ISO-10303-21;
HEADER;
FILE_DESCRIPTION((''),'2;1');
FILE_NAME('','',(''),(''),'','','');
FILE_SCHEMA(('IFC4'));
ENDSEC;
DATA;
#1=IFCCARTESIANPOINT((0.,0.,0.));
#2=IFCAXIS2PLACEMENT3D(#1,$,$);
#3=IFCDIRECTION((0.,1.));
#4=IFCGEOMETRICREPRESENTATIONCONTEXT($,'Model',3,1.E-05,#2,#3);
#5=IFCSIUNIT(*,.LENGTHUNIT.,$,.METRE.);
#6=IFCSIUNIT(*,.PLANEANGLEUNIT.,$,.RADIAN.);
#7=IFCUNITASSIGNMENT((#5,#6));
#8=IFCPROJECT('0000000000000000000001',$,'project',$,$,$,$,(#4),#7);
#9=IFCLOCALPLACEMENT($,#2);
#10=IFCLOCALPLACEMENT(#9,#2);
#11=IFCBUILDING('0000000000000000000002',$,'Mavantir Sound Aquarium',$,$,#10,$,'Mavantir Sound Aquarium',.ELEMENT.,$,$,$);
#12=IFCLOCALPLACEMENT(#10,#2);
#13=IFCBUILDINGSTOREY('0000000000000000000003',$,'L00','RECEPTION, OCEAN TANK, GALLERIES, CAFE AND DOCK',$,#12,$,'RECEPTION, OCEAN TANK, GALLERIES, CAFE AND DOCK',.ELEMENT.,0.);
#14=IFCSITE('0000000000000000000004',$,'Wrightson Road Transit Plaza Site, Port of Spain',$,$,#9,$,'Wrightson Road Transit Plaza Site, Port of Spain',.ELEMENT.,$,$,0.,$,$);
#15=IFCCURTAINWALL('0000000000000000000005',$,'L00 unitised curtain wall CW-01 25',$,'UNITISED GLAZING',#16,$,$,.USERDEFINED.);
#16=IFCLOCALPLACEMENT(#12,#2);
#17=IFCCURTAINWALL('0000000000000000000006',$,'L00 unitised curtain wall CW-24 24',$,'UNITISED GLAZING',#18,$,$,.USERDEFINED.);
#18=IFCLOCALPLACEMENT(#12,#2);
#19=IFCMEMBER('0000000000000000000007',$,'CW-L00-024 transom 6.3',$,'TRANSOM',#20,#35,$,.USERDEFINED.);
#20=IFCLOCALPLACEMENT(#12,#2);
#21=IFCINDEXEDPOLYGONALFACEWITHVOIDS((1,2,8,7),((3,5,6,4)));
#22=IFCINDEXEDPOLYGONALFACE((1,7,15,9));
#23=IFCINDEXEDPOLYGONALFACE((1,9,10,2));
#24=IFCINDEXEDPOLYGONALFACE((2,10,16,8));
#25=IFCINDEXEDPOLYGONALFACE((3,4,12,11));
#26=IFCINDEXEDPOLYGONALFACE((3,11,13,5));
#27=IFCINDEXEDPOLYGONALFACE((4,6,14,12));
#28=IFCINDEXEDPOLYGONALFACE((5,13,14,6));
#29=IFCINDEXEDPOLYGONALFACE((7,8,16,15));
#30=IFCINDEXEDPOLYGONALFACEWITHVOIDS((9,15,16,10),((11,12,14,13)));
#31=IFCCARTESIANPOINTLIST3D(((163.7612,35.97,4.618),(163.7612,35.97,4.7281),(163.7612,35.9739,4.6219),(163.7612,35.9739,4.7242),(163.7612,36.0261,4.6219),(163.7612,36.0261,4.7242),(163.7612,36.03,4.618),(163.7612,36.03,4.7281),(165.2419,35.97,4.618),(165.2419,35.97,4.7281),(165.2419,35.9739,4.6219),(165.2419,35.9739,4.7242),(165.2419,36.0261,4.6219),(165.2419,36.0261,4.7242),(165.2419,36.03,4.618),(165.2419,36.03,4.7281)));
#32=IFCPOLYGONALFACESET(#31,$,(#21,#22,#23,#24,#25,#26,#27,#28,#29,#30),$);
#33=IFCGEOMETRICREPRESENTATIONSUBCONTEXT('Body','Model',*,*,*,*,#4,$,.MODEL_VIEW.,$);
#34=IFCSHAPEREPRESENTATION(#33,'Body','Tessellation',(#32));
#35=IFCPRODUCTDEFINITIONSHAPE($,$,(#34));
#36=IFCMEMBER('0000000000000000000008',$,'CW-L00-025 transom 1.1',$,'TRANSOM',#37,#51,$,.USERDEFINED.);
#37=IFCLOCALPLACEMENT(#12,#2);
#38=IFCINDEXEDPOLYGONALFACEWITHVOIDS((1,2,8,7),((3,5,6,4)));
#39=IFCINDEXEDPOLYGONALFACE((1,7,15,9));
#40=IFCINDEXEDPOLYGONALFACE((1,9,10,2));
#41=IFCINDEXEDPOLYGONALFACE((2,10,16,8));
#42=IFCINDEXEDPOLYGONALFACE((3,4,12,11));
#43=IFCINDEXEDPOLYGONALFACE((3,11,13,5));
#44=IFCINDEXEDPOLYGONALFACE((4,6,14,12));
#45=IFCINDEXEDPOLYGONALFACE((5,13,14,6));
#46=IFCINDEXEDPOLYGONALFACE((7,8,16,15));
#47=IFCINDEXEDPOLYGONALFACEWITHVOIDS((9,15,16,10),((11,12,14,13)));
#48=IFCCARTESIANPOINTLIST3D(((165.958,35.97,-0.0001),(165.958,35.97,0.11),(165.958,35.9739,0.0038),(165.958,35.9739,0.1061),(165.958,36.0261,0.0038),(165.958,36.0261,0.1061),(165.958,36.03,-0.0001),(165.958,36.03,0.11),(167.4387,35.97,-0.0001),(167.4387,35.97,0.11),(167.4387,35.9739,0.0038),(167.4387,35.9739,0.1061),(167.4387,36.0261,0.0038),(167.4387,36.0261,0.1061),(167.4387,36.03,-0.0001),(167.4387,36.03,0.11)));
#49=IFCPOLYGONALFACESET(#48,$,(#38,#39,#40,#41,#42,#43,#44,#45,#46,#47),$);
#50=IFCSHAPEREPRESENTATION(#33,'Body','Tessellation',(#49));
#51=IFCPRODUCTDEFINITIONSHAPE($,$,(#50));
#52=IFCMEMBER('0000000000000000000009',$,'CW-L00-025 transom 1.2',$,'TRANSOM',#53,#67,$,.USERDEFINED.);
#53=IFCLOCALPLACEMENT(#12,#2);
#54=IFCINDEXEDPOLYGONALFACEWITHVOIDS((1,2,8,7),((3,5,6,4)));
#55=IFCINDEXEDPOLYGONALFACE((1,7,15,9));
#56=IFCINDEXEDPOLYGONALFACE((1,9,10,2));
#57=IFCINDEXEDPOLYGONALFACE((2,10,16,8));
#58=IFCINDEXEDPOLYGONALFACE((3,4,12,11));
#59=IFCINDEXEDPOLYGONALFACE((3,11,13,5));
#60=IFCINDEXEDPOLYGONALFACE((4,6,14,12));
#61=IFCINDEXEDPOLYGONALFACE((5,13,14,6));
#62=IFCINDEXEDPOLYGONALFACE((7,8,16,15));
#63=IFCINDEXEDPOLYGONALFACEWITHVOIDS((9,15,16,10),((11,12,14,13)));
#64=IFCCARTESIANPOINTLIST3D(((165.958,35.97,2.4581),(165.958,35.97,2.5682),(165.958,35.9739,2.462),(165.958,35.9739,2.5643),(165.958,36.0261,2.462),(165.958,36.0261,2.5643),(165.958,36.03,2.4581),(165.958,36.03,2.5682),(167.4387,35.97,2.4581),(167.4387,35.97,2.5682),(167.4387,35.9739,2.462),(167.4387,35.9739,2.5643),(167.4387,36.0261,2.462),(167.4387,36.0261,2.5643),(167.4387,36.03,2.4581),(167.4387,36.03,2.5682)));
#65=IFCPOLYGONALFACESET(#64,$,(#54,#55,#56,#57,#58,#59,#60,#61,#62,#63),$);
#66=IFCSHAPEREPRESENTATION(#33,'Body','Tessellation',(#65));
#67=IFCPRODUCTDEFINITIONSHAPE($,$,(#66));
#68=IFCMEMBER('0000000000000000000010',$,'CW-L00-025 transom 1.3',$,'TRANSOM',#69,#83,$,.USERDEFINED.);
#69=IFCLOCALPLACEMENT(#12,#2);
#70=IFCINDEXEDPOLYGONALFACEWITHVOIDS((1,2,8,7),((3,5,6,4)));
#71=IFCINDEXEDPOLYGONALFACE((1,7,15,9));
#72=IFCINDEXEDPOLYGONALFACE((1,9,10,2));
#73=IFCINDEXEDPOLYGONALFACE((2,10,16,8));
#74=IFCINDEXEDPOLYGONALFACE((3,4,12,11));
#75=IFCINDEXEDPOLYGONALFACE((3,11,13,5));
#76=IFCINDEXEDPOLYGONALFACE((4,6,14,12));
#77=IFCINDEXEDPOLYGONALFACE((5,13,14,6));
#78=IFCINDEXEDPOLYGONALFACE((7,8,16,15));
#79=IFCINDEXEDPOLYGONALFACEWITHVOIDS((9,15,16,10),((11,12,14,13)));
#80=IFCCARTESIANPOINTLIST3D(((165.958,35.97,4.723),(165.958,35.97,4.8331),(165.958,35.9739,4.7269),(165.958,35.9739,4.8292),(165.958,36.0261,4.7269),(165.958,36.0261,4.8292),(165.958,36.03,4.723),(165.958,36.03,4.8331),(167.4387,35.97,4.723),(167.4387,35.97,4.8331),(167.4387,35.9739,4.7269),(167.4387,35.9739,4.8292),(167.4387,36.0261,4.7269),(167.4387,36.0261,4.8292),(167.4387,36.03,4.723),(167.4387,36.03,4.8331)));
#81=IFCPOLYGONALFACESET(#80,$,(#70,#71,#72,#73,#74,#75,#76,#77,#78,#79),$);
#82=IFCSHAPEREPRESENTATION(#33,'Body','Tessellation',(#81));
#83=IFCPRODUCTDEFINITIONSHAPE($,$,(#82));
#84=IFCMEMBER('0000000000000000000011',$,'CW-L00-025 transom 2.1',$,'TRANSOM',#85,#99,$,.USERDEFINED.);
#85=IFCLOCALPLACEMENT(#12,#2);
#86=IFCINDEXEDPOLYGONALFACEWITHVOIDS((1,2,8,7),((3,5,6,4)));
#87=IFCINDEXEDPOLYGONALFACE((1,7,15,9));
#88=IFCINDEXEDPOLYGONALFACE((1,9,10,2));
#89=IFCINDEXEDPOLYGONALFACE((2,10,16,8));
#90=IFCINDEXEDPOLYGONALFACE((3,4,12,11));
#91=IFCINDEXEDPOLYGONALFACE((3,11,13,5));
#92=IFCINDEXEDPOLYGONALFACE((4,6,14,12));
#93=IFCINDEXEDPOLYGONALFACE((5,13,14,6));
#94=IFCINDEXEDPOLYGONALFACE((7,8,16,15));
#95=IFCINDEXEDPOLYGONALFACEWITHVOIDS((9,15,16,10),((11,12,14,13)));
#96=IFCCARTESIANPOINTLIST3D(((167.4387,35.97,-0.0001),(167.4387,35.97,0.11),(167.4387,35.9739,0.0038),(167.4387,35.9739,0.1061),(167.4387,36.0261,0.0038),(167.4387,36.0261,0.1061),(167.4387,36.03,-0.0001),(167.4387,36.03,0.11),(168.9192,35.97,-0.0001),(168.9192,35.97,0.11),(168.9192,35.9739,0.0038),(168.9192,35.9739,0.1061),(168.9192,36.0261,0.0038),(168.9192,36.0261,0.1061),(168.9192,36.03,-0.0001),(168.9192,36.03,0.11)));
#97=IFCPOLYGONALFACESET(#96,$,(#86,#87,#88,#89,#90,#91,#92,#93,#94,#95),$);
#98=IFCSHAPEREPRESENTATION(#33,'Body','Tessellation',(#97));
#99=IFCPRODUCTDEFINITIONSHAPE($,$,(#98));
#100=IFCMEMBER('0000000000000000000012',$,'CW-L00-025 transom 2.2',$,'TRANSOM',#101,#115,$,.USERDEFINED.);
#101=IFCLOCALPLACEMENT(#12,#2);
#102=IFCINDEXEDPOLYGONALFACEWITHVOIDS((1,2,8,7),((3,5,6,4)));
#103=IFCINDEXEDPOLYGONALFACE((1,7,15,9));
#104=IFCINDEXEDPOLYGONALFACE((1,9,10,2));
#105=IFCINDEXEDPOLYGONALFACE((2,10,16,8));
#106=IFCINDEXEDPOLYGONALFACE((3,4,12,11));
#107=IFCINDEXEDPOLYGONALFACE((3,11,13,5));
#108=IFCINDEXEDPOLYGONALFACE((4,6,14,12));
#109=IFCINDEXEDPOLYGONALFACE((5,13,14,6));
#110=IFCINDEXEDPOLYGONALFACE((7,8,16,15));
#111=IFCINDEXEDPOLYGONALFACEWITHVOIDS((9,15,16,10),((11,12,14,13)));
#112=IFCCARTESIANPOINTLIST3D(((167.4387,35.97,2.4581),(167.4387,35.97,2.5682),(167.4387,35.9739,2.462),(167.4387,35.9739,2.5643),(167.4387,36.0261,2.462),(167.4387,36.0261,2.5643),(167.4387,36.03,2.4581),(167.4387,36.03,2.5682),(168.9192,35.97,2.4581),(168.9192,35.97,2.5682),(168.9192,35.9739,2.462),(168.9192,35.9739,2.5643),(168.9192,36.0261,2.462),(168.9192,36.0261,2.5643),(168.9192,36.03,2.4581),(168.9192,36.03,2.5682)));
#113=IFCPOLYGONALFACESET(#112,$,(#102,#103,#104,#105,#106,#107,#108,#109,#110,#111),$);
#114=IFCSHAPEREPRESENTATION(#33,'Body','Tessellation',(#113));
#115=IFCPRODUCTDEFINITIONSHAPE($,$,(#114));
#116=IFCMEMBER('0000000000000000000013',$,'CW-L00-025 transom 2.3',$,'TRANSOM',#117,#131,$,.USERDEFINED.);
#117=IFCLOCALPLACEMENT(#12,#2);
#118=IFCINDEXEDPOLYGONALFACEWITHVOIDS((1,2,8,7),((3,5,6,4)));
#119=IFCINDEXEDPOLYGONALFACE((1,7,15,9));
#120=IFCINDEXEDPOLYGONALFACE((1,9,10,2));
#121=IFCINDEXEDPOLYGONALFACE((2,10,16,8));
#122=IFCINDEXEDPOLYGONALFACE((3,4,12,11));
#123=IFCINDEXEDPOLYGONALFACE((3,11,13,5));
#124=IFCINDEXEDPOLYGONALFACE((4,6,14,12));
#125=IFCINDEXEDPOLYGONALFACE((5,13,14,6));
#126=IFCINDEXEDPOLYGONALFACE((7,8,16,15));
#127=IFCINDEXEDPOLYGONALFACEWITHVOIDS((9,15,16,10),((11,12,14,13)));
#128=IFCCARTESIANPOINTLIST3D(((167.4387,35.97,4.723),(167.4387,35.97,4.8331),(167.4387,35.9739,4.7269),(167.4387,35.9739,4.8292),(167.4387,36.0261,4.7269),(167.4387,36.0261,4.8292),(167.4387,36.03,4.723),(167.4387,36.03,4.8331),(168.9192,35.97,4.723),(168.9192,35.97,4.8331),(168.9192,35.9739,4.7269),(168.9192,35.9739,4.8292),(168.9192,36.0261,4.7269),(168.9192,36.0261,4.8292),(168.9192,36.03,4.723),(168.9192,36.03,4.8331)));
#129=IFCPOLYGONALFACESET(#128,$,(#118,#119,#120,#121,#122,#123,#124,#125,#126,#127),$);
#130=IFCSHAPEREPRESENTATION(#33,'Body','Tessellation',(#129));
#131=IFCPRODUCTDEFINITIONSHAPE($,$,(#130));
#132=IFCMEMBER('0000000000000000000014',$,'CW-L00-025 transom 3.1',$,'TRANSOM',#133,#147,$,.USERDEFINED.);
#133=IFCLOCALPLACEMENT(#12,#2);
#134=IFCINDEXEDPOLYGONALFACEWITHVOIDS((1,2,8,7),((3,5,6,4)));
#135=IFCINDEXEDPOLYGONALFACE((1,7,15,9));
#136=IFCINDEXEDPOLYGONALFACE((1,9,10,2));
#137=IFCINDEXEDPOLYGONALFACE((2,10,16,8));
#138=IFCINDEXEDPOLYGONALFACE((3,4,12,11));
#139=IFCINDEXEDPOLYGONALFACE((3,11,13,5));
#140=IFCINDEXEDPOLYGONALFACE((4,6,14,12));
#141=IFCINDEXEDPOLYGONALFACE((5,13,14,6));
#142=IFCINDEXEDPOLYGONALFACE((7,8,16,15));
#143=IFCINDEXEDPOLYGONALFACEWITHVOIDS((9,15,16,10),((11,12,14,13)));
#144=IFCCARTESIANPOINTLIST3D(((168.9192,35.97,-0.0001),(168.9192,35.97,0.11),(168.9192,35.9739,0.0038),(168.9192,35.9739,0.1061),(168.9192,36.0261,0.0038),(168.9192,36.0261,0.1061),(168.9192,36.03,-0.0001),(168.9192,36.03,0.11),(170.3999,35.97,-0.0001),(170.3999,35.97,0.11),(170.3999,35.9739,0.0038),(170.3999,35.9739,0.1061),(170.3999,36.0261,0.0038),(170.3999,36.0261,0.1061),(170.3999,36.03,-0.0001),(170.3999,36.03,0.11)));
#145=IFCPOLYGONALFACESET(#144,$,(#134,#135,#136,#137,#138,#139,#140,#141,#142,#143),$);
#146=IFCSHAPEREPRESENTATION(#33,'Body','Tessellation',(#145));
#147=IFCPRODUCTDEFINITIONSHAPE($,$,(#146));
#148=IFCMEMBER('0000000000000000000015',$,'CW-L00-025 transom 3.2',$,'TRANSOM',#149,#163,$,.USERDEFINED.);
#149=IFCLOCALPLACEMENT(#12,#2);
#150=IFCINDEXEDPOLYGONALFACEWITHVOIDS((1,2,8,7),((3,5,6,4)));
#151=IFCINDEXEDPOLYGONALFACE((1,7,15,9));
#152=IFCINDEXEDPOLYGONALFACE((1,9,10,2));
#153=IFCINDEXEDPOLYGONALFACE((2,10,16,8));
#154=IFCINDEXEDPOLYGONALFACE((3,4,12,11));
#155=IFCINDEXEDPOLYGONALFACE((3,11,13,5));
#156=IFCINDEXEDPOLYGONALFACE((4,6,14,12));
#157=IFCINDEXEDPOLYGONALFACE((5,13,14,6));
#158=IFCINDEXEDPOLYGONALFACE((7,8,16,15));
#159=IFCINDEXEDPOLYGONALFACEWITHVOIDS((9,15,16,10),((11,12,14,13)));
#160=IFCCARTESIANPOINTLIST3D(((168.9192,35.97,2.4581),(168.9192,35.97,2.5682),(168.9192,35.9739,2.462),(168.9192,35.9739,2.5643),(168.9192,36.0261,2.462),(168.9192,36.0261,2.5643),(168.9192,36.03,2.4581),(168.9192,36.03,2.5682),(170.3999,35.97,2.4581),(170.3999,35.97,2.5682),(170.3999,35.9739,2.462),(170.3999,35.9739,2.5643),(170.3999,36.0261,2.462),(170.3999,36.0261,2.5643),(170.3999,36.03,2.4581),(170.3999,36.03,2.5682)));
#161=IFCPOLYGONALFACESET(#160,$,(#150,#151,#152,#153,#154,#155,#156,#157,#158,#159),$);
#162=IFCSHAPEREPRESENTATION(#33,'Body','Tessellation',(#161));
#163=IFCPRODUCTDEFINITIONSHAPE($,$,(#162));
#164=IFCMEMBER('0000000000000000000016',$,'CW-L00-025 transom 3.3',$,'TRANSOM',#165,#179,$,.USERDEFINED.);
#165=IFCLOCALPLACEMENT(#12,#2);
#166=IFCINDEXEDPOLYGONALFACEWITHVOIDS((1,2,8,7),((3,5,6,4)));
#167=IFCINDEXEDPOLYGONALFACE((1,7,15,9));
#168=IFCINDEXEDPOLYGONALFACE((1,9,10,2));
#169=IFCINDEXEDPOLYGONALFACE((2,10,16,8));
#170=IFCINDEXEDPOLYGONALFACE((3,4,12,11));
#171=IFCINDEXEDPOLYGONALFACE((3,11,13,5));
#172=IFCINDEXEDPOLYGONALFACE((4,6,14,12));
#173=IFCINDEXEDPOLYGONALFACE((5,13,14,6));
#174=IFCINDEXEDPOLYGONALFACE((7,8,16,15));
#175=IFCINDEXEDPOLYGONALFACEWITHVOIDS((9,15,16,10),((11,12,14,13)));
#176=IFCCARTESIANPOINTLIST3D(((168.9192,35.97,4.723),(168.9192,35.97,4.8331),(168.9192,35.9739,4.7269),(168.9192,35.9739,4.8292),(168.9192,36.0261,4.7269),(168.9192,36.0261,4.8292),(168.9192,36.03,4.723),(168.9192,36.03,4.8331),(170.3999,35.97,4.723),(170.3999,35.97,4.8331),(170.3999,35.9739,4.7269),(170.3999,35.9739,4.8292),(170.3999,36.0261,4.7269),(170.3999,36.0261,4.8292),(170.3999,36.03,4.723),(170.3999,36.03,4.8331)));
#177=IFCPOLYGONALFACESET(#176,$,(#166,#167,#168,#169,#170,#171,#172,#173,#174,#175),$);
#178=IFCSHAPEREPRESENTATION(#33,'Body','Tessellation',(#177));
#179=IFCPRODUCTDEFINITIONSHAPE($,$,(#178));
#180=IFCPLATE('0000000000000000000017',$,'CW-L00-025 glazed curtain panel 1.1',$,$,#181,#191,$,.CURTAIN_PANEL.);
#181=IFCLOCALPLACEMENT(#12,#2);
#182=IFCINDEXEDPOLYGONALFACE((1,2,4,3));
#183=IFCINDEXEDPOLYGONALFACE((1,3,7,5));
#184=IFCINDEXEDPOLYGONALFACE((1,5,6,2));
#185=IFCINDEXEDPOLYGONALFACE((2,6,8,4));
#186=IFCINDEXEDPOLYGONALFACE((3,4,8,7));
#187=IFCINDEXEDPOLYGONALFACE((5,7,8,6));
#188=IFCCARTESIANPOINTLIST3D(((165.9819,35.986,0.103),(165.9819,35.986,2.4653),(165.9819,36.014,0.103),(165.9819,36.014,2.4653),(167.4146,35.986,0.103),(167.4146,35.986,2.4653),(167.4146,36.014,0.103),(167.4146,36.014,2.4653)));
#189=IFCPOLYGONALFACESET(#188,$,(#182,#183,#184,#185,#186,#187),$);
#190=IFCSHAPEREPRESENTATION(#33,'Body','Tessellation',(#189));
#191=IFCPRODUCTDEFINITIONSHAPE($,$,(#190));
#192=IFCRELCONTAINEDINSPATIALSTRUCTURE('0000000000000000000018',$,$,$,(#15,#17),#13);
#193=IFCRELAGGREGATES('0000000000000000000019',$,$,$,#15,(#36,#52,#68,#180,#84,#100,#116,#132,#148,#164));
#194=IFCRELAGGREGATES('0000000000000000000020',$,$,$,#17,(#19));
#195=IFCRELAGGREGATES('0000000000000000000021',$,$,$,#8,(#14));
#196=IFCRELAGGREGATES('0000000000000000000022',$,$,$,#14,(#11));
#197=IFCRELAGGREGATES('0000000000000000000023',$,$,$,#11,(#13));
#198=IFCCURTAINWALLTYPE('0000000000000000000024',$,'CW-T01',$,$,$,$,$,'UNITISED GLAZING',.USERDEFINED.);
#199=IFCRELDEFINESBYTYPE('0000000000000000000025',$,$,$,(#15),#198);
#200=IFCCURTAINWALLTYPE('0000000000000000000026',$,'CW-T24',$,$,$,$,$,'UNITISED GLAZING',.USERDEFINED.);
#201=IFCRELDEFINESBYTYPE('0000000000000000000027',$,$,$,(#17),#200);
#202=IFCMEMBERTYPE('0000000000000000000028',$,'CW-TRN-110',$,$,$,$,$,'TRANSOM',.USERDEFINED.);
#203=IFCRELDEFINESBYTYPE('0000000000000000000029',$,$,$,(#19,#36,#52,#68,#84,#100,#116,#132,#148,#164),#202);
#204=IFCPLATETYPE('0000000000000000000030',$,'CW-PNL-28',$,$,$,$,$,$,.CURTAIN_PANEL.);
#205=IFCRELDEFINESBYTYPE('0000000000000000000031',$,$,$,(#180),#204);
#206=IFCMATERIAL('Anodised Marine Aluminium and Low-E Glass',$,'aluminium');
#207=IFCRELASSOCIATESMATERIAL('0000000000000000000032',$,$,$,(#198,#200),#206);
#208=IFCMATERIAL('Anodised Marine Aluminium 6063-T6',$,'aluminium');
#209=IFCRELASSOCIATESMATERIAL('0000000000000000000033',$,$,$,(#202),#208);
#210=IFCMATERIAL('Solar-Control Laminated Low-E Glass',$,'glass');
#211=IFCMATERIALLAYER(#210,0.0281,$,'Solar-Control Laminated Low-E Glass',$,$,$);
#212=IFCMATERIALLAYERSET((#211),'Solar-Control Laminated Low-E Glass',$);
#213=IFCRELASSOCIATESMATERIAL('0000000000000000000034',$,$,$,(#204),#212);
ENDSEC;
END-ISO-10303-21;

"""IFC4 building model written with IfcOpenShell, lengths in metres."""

from ifc_helpers import new_model, si_unit, direction, frame, origin, origin_2d, place, context, subcontext, project, spatial, rectangle, hollow_rectangle, extrude, material, layer, layer_set, material_profile, profile_set, type_object, element, aggregate, save


model = new_model("IFC4")

# Units and contexts
model_context = context("Model", 3, precision=1e-05, world=origin(), true_north=direction((0.0, 1.0)))
body_context = subcontext(model_context, "Body", "Model", "MODEL_VIEW")
ifc_project = project(units=[si_unit("LENGTHUNIT", "METRE"), si_unit("PLANEANGLEUNIT", "RADIAN")], contexts=[model_context])

# Site, building, storey
site_placement = place(None, origin())
site = spatial("IfcSite", under=ifc_project, at=site_placement, Name="Wrightson Road Transit Plaza Site, Port of Spain", LongName="Wrightson Road Transit Plaza Site, Port of Spain", CompositionType="ELEMENT", RefElevation=0.0)
building_placement = place(site_placement, origin())
building = spatial("IfcBuilding", under=site, at=building_placement, Name="Mavantir Sound Aquarium", LongName="Mavantir Sound Aquarium", CompositionType="ELEMENT")
storey_placement = place(building_placement, origin())
storey = spatial("IfcBuildingStorey", under=building, at=storey_placement, Name="L00", Description="RECEPTION, OCEAN TANK, GALLERIES, CAFE AND DOCK", LongName="RECEPTION, OCEAN TANK, GALLERIES, CAFE AND DOCK", CompositionType="ELEMENT", Elevation=0.0)

# Curtain walls, member
ifc_material_1 = material(Name="Anodised Marine Aluminium and Low-E Glass", Category="aluminium")
curtain_wall_type_1 = type_object("IfcCurtainWallType", Name="CW-T01", ElementType="UNITISED GLAZING", PredefinedType="USERDEFINED", material=ifc_material_1)
curtain_wall_1_placement = place(storey_placement, origin())
curtain_wall_1 = element("IfcCurtainWall", 1, at=curtain_wall_1_placement, inside=storey, type_object=curtain_wall_type_1, Name="L00 unitised curtain wall CW-01 25", ObjectType="UNITISED GLAZING", PredefinedType="USERDEFINED")
ifc_material_2 = material(Name="Anodised Marine Aluminium 6063-T6", Category="aluminium")
curtain_wall_type_2 = type_object("IfcCurtainWallType", Name="CW-T24", ElementType="UNITISED GLAZING", PredefinedType="USERDEFINED", material=ifc_material_1)
curtain_wall_2_placement = place(storey_placement, origin())
curtain_wall_2 = element("IfcCurtainWall", 2, at=curtain_wall_2_placement, inside=storey, type_object=curtain_wall_type_2, Name="L00 unitised curtain wall CW-24 24", ObjectType="UNITISED GLAZING", PredefinedType="USERDEFINED")
ifc_material_profile_1 = material_profile(ifc_material_2, hollow_rectangle(XDim=0.0601, YDim=0.1101, WallThickness=0.0039, at=origin_2d()), Name="ALU-TRANSOM-110X60")
ifc_profile_set_1 = profile_set([ifc_material_profile_1], Name="Anodised Marine Aluminium 6063-T6")
member_type_1 = type_object("IfcMemberType", Name="CW-TRN-110", ElementType="TRANSOM", PredefinedType="USERDEFINED", material=ifc_profile_set_1)
member_1_placement = place(storey_placement, frame((163.7612, 36.0, 4.6731), z_axis=(1.0, 0.0, 0.0), x_axis=(0.0, 1.0, 0.0)))
member_1 = element("IfcMember", 3, at=member_1_placement, type_object=member_type_1, Name="CW-L00-024 transom 6.3", ObjectType="TRANSOM", PredefinedType="USERDEFINED", context=body_context, shape_type="SweptSolid", body=[
    extrude(hollow_rectangle(XDim=0.0601, YDim=0.1101, WallThickness=0.0039, at=origin_2d()), origin(), (0.0, 0.0, 1.0), 1.4807),
])

# Members
member_2_placement = place(storey_placement, frame((165.958, 36.0, 0.0549), z_axis=(1.0, 0.0, 0.0), x_axis=(0.0, 1.0, 0.0)))
member_2 = element("IfcMember", 4, at=member_2_placement, type_object=member_type_1, Name="CW-L00-025 transom 1.1", ObjectType="TRANSOM", PredefinedType="USERDEFINED", context=body_context, shape_type="SweptSolid", body=[
    extrude(hollow_rectangle(XDim=0.0601, YDim=0.1101, WallThickness=0.0039, at=origin_2d()), origin(), (0.0, 0.0, 1.0), 1.4807),
])
member_3_placement = place(storey_placement, frame((165.958, 36.0, 2.5132), z_axis=(1.0, 0.0, 0.0), x_axis=(0.0, 1.0, 0.0)))
member_3 = element("IfcMember", 5, at=member_3_placement, type_object=member_type_1, Name="CW-L00-025 transom 1.2", ObjectType="TRANSOM", PredefinedType="USERDEFINED", context=body_context, shape_type="SweptSolid", body=[
    extrude(hollow_rectangle(XDim=0.0601, YDim=0.1101, WallThickness=0.0039, at=origin_2d()), origin(), (0.0, 0.0, 1.0), 1.4807),
])
member_4_placement = place(storey_placement, frame((165.958, 36.0, 4.7781), z_axis=(1.0, 0.0, 0.0), x_axis=(0.0, 1.0, 0.0)))
member_4 = element("IfcMember", 6, at=member_4_placement, type_object=member_type_1, Name="CW-L00-025 transom 1.3", ObjectType="TRANSOM", PredefinedType="USERDEFINED", context=body_context, shape_type="SweptSolid", body=[
    extrude(hollow_rectangle(XDim=0.0601, YDim=0.1101, WallThickness=0.0039, at=origin_2d()), origin(), (0.0, 0.0, 1.0), 1.4807),
])
member_5_placement = place(storey_placement, frame((167.4387, 36.0, 0.0549), z_axis=(1.0, 0.0, 0.0), x_axis=(0.0, 1.0, 0.0)))
member_5 = element("IfcMember", 7, at=member_5_placement, type_object=member_type_1, Name="CW-L00-025 transom 2.1", ObjectType="TRANSOM", PredefinedType="USERDEFINED", context=body_context, shape_type="SweptSolid", body=[
    extrude(hollow_rectangle(XDim=0.0601, YDim=0.1101, WallThickness=0.0039, at=origin_2d()), origin(), (0.0, 0.0, 1.0), 1.4805),
])
member_6_placement = place(storey_placement, frame((167.4387, 36.0, 2.5132), z_axis=(1.0, 0.0, 0.0), x_axis=(0.0, 1.0, 0.0)))
member_6 = element("IfcMember", 8, at=member_6_placement, type_object=member_type_1, Name="CW-L00-025 transom 2.2", ObjectType="TRANSOM", PredefinedType="USERDEFINED", context=body_context, shape_type="SweptSolid", body=[
    extrude(hollow_rectangle(XDim=0.0601, YDim=0.1101, WallThickness=0.0039, at=origin_2d()), origin(), (0.0, 0.0, 1.0), 1.4805),
])
member_7_placement = place(storey_placement, frame((167.4387, 36.0, 4.7781), z_axis=(1.0, 0.0, 0.0), x_axis=(0.0, 1.0, 0.0)))
member_7 = element("IfcMember", 9, at=member_7_placement, type_object=member_type_1, Name="CW-L00-025 transom 2.3", ObjectType="TRANSOM", PredefinedType="USERDEFINED", context=body_context, shape_type="SweptSolid", body=[
    extrude(hollow_rectangle(XDim=0.0601, YDim=0.1101, WallThickness=0.0039, at=origin_2d()), origin(), (0.0, 0.0, 1.0), 1.4805),
])
member_8_placement = place(storey_placement, frame((168.9192, 36.0, 0.0549), z_axis=(1.0, 0.0, 0.0), x_axis=(0.0, 1.0, 0.0)))
member_8 = element("IfcMember", 10, at=member_8_placement, type_object=member_type_1, Name="CW-L00-025 transom 3.1", ObjectType="TRANSOM", PredefinedType="USERDEFINED", context=body_context, shape_type="SweptSolid", body=[
    extrude(hollow_rectangle(XDim=0.0601, YDim=0.1101, WallThickness=0.0039, at=origin_2d()), origin(), (0.0, 0.0, 1.0), 1.4807),
])
member_9_placement = place(storey_placement, frame((168.9192, 36.0, 2.5132), z_axis=(1.0, 0.0, 0.0), x_axis=(0.0, 1.0, 0.0)))
member_9 = element("IfcMember", 11, at=member_9_placement, type_object=member_type_1, Name="CW-L00-025 transom 3.2", ObjectType="TRANSOM", PredefinedType="USERDEFINED", context=body_context, shape_type="SweptSolid", body=[
    extrude(hollow_rectangle(XDim=0.0601, YDim=0.1101, WallThickness=0.0039, at=origin_2d()), origin(), (0.0, 0.0, 1.0), 1.4807),
])
member_10_placement = place(storey_placement, frame((168.9192, 36.0, 4.7781), z_axis=(1.0, 0.0, 0.0), x_axis=(0.0, 1.0, 0.0)))
member_10 = element("IfcMember", 12, at=member_10_placement, type_object=member_type_1, Name="CW-L00-025 transom 3.3", ObjectType="TRANSOM", PredefinedType="USERDEFINED", context=body_context, shape_type="SweptSolid", body=[
    extrude(hollow_rectangle(XDim=0.0601, YDim=0.1101, WallThickness=0.0039, at=origin_2d()), origin(), (0.0, 0.0, 1.0), 1.4807),
])

# Plate
ifc_material_3 = material(Name="Solar-Control Laminated Low-E Glass", Category="glass")
ifc_layer_1 = layer(ifc_material_3, 0.0281, Name="Solar-Control Laminated Low-E Glass")
ifc_layer_set_1 = layer_set([ifc_layer_1], Name="Solar-Control Laminated Low-E Glass")
plate_type_1 = type_object("IfcPlateType", Name="CW-PNL-28", PredefinedType="CURTAIN_PANEL", material=ifc_layer_set_1)
plate_1_placement = place(storey_placement, frame((166.6982, 36.0, 0.103), z_axis=(0.0, 0.0, 1.0), x_axis=(1.0, 0.0, 0.0)))
plate_1 = element("IfcPlate", 13, at=plate_1_placement, type_object=plate_type_1, Name="CW-L00-025 glazed curtain panel 1.1", PredefinedType="CURTAIN_PANEL", context=body_context, shape_type="SweptSolid", body=[
    extrude(rectangle(XDim=1.4326, YDim=0.0281, at=origin_2d()), origin(), (0.0, 0.0, 1.0), 2.3623),
])
aggregate(curtain_wall_1, [member_2, member_3, member_4, plate_1, member_5, member_6, member_7, member_8, member_9, member_10])
aggregate(curtain_wall_2, [member_1])

save(model, "model.ifc")
